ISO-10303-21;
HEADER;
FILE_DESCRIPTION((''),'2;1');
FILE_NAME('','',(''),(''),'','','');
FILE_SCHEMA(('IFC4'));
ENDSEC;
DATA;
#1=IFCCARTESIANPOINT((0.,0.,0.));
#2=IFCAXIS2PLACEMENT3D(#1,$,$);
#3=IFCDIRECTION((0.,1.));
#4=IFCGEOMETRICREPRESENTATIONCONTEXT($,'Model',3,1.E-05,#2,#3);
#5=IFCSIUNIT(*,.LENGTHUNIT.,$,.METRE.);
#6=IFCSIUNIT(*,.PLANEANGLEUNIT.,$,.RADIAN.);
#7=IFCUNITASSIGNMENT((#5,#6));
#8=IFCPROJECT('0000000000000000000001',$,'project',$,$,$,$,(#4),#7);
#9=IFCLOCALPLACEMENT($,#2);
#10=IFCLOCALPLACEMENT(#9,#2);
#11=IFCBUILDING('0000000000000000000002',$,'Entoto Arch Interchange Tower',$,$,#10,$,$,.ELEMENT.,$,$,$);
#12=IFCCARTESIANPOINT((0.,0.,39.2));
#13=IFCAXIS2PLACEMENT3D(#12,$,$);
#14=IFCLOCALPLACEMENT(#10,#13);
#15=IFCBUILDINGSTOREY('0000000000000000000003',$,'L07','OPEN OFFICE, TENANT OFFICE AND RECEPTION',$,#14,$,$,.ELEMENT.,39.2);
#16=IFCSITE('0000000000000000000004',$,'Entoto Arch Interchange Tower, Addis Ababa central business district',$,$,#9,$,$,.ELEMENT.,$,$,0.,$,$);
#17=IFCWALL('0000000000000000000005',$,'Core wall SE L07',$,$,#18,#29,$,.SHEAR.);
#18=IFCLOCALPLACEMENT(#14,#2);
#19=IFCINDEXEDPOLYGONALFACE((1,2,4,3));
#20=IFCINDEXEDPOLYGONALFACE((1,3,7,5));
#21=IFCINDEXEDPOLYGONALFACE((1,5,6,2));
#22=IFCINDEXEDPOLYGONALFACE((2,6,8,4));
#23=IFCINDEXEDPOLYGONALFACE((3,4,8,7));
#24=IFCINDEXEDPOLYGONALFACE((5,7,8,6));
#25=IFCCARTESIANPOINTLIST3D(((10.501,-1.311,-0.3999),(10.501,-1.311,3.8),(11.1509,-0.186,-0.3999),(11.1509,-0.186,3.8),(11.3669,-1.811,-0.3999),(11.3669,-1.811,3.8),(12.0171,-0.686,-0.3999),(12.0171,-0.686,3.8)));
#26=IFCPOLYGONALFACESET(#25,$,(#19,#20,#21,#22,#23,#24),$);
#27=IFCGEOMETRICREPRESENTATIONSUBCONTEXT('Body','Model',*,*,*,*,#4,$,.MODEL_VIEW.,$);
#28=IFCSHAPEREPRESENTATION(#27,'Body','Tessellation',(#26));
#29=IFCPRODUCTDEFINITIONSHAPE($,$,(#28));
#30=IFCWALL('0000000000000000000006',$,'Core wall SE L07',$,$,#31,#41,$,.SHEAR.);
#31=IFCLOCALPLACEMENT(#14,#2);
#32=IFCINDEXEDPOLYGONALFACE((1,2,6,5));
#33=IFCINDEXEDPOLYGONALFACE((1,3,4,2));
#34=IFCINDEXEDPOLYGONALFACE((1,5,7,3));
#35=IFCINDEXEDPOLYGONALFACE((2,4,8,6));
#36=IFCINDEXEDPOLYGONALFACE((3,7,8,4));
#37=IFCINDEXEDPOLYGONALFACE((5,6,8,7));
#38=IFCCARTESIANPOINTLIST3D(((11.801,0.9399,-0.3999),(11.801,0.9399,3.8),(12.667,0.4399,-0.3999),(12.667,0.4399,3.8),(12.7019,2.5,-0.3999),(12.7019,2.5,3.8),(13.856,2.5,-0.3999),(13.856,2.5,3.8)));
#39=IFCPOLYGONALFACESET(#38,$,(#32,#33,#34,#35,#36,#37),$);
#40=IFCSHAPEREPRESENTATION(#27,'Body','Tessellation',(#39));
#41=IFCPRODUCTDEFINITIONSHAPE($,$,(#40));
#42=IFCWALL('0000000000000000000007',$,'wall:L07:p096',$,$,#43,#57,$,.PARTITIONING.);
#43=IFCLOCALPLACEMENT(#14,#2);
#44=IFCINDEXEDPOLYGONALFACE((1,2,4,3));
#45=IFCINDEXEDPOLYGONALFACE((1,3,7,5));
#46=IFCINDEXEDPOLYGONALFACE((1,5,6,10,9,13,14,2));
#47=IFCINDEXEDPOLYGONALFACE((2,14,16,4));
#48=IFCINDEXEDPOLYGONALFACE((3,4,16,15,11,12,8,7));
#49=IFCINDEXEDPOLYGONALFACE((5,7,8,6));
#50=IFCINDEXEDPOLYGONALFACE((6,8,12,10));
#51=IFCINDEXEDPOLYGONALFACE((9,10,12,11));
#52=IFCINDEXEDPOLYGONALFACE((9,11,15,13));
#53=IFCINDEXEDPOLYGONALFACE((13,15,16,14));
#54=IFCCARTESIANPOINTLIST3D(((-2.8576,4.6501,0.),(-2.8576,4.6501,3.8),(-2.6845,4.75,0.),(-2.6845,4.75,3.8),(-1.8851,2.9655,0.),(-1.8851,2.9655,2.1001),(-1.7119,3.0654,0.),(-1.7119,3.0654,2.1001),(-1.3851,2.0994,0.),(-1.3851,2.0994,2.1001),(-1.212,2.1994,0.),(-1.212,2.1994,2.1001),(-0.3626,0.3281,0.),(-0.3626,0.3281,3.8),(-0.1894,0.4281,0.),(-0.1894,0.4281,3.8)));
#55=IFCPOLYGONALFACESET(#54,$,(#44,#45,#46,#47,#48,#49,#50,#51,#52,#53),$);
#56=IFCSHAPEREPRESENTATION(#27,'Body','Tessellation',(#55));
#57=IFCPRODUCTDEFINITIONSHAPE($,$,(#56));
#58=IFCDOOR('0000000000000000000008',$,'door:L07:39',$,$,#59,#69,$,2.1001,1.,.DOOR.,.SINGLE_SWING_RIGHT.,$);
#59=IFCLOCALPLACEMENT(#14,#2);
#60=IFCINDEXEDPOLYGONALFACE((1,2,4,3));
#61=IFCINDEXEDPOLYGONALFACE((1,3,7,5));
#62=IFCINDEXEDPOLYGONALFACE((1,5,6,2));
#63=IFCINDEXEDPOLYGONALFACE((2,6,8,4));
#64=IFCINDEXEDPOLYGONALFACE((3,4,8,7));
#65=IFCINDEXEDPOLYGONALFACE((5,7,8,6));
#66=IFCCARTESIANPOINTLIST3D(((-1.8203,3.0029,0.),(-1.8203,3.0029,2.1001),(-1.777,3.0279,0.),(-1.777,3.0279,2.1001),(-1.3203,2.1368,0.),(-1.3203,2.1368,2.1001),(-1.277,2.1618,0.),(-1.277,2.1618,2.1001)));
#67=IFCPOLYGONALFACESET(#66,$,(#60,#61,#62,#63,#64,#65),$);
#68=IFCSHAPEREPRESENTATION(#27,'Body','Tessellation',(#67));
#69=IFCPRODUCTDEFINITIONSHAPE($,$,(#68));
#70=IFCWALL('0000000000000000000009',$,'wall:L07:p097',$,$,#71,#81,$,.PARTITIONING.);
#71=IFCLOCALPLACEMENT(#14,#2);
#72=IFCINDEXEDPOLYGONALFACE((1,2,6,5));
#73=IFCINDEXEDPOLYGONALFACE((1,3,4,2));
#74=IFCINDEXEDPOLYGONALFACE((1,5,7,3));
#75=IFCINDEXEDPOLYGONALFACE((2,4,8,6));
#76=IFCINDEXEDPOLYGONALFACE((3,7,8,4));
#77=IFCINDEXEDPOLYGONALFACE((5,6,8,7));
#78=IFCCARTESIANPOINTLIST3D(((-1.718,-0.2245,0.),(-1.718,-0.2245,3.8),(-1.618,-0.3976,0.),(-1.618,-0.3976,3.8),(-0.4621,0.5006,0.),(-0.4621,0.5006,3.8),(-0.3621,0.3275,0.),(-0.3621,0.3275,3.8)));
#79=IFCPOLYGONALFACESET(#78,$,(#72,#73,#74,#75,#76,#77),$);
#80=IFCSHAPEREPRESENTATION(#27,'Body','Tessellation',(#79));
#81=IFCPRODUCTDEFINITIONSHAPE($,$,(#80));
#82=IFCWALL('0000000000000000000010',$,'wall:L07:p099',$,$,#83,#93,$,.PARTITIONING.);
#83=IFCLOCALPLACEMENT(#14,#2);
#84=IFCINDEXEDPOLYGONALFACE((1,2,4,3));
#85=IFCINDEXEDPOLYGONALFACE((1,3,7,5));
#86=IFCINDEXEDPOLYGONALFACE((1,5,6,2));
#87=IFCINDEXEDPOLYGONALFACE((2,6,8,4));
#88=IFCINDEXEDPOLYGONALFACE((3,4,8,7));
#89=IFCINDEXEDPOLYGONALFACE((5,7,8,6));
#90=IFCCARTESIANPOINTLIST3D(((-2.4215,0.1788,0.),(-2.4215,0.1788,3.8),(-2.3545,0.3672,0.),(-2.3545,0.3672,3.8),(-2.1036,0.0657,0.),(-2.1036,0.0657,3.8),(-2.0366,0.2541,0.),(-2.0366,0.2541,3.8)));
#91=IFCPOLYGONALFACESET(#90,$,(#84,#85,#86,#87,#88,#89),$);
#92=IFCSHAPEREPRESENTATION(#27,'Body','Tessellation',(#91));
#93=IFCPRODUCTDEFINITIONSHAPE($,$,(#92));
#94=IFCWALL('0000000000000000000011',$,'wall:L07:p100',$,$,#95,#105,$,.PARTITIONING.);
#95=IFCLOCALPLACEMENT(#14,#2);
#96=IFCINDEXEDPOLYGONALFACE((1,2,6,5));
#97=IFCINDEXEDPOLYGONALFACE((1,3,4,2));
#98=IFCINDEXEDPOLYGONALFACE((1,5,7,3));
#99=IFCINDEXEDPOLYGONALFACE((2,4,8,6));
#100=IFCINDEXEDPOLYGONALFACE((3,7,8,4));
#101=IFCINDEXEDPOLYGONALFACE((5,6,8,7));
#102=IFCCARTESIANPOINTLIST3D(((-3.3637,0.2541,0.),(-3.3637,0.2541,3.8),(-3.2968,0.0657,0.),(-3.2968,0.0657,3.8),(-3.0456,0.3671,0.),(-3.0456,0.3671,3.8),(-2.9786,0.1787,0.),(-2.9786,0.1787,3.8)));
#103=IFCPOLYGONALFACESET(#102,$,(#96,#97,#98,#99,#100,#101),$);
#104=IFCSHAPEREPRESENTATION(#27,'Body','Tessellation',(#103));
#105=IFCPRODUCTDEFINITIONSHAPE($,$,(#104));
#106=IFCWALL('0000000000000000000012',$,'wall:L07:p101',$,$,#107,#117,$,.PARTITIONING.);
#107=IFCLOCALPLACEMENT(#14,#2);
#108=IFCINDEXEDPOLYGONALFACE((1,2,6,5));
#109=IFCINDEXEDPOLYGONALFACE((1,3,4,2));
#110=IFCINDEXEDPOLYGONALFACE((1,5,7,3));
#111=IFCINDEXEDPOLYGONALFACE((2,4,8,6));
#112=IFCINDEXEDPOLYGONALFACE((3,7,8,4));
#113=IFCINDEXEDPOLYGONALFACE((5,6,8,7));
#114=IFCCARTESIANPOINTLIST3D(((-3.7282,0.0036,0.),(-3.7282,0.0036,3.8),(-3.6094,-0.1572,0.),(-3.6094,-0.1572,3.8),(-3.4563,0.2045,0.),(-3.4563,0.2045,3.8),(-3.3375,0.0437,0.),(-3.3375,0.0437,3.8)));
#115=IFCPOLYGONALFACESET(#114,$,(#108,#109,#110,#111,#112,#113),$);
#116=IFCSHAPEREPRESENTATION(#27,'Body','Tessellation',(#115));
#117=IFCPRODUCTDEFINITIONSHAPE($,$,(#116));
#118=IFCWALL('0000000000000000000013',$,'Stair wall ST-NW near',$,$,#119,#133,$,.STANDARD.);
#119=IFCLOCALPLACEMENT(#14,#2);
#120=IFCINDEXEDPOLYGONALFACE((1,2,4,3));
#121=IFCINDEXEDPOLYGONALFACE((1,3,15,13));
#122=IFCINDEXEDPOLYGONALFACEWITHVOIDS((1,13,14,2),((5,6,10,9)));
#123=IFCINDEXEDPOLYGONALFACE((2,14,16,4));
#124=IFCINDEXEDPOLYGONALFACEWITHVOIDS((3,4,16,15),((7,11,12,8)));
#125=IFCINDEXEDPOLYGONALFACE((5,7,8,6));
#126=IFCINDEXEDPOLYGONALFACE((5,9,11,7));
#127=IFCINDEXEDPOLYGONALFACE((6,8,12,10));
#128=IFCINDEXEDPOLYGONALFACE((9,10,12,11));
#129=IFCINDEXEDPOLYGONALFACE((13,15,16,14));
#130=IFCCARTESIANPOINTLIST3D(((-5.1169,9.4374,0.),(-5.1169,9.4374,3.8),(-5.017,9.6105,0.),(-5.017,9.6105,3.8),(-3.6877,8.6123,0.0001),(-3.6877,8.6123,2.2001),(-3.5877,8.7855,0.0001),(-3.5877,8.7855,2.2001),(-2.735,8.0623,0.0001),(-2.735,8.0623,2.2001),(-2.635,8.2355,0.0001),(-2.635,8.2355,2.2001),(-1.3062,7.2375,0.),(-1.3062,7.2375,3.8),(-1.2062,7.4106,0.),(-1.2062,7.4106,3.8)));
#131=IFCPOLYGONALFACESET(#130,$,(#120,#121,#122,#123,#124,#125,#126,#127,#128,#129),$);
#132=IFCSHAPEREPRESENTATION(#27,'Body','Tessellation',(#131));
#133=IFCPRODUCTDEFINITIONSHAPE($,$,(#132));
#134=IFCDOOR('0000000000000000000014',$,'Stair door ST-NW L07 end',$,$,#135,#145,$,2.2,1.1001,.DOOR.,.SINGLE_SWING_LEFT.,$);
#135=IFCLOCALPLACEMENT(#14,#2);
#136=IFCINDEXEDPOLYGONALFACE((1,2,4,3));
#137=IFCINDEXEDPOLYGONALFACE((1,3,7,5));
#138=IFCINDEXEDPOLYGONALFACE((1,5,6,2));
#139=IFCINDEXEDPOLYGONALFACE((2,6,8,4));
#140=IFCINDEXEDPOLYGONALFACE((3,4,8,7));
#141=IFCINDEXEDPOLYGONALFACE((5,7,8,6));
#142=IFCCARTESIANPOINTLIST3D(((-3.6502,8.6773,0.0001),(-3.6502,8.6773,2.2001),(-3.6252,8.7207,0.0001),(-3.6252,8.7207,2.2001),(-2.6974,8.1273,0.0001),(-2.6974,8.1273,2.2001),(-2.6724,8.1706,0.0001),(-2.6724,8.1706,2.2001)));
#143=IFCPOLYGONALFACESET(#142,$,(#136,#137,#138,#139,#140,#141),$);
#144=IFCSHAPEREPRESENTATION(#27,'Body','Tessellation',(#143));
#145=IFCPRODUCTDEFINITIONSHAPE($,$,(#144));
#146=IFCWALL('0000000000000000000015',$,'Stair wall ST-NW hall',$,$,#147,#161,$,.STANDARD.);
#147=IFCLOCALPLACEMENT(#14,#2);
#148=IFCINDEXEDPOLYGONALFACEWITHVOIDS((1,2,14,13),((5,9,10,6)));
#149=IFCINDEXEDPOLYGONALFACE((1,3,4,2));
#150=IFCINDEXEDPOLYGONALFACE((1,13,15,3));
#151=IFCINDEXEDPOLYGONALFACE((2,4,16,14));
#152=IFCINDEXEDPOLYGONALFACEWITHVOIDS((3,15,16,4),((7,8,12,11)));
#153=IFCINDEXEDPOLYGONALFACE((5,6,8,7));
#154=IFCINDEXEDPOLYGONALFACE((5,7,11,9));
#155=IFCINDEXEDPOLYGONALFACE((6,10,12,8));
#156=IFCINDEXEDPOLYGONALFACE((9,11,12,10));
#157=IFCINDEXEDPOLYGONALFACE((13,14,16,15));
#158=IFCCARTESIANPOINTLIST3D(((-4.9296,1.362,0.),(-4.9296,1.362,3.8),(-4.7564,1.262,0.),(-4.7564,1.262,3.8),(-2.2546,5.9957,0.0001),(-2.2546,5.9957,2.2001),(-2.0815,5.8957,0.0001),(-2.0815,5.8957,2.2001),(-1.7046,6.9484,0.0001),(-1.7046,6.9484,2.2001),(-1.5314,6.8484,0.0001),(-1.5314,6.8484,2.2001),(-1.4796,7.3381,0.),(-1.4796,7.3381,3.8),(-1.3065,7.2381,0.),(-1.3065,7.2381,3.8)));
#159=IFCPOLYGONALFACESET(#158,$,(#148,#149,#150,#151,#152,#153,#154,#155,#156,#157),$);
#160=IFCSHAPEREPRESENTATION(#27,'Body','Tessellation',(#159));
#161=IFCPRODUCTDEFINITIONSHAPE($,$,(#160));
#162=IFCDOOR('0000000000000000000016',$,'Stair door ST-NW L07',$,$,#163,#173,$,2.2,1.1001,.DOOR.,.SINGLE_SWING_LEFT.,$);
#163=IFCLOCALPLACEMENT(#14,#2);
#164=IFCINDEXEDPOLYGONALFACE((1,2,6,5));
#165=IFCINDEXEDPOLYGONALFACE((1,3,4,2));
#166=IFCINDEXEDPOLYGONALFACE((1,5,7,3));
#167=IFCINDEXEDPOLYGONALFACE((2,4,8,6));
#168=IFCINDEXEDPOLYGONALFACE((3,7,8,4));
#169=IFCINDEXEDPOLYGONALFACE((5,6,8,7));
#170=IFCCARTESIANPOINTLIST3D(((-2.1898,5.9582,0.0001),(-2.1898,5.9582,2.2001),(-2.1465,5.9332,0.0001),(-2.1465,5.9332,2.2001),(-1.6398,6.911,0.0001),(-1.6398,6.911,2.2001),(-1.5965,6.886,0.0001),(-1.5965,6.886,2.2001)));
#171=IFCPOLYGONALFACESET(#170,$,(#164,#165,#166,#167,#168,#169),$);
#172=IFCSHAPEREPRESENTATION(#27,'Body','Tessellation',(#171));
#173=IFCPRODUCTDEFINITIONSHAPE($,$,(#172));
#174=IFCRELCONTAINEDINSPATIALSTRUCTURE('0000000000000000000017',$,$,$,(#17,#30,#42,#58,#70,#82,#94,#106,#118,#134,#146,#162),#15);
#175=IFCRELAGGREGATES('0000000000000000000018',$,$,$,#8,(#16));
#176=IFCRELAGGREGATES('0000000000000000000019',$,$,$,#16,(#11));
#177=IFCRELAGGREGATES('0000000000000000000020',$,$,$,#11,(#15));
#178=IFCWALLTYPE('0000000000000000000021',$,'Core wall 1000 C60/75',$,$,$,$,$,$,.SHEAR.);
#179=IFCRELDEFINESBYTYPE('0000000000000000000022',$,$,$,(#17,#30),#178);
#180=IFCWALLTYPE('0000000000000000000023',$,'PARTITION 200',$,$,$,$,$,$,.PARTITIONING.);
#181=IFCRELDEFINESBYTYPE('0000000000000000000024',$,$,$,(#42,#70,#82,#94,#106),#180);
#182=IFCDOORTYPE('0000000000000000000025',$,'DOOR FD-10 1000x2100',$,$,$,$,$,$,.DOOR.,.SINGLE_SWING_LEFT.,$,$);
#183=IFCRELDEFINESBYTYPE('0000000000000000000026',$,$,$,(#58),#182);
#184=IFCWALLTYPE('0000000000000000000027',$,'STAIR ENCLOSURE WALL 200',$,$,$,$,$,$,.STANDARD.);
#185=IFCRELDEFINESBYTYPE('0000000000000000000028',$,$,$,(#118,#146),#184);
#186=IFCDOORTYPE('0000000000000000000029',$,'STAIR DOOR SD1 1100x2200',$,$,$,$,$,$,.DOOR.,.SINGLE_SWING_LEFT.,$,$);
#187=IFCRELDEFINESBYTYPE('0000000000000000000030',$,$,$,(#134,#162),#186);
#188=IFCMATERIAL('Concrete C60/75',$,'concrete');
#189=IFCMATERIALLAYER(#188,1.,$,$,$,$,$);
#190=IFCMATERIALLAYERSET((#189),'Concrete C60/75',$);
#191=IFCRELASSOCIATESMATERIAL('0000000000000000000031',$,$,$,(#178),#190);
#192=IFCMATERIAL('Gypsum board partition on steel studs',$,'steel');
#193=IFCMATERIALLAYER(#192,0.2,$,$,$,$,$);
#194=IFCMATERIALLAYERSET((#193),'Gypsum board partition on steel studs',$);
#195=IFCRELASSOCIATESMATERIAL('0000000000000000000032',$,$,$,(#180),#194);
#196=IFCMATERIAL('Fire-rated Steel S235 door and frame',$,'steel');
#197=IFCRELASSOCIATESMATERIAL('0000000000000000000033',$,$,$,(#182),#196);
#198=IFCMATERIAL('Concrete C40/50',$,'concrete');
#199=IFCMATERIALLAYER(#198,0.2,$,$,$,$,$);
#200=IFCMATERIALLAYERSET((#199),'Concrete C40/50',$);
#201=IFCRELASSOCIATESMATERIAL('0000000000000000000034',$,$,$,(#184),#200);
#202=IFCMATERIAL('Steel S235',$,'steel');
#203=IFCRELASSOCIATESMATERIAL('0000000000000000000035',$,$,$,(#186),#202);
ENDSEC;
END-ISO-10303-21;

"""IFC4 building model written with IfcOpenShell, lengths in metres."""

from ifc_helpers import new_model, si_unit, direction, frame, frame_2d, origin, place, context, subcontext, project, spatial, polyline, rectangle, outline, extrude, material, layer, layer_set, type_object, element, fill, save


model = new_model("IFC4")

# Units and contexts
model_context = context("Model", 3, precision=1e-05, world=origin(), true_north=direction((0.0, 1.0)))
body_context = subcontext(model_context, "Body", "Model", "MODEL_VIEW")
ifc_project = project(units=[si_unit("LENGTHUNIT", "METRE"), si_unit("PLANEANGLEUNIT", "RADIAN")], contexts=[model_context])

# Site, building, storey
site_placement = place(None, origin())
site = spatial("IfcSite", under=ifc_project, at=site_placement, Name="Entoto Arch Interchange Tower, Addis Ababa central business district", CompositionType="ELEMENT", RefElevation=0.0)
building_placement = place(site_placement, origin())
building = spatial("IfcBuilding", under=site, at=building_placement, Name="Entoto Arch Interchange Tower", CompositionType="ELEMENT")
storey_placement = place(building_placement, frame((0.0, 0.0, 39.2)))
storey = spatial("IfcBuildingStorey", under=building, at=storey_placement, Name="L07", Description="OPEN OFFICE, TENANT OFFICE AND RECEPTION", CompositionType="ELEMENT", Elevation=39.2)

# Walls
ifc_material_1 = material(Name="Concrete C60/75", Category="concrete")
ifc_layer_1 = layer(ifc_material_1, 1.0)
ifc_layer_set_1 = layer_set([ifc_layer_1], Name="Concrete C60/75")
wall_type_1 = type_object("IfcWallType", Name="Core wall 1000 C60/75", PredefinedType="SHEAR", material=ifc_layer_set_1)
wall_1_placement = place(storey_placement, frame((0.0, 0.0, -0.3999)))
element("IfcWall", 1, at=wall_1_placement, inside=storey, type_object=wall_type_1, Name="Core wall SE L07", PredefinedType="SHEAR", context=body_context, shape_type="SweptSolid", body=[
    extrude(outline(polyline([(12.0171, -0.686), (11.1509, -0.186), (10.501, -1.311), (11.3669, -1.811), (12.0171, -0.686)])), origin(), (0.0, 0.0, 1.0), 4.2),
])
wall_2_placement = place(storey_placement, frame((0.0, 0.0, -0.3999)))
element("IfcWall", 2, at=wall_2_placement, inside=storey, type_object=wall_type_1, Name="Core wall SE L07", PredefinedType="SHEAR", context=body_context, shape_type="SweptSolid", body=[
    extrude(outline(polyline([(11.801, 0.9399), (12.667, 0.4399), (13.856, 2.5), (12.7019, 2.5), (11.801, 0.9399)])), origin(), (0.0, 0.0, 1.0), 4.2),
])

# Wall, opening, door
ifc_material_2 = material(Name="Gypsum board partition on steel studs", Category="steel")
ifc_layer_2 = layer(ifc_material_2, 0.2)
ifc_layer_set_2 = layer_set([ifc_layer_2], Name="Gypsum board partition on steel studs")
wall_type_2 = type_object("IfcWallType", Name="PARTITION 200", PredefinedType="PARTITIONING", material=ifc_layer_set_2)
wall_3_placement = place(storey_placement, frame((-2.771, 4.7, 0.0), z_axis=(0.0, 0.0, 1.0), x_axis=(0.499969, -0.866043, 0.0)))
wall_3 = element("IfcWall", 3, at=wall_3_placement, inside=storey, type_object=wall_type_2, Name="wall:L07:p096", PredefinedType="PARTITIONING", context=body_context, shape_type="SweptSolid", body=[
    extrude(rectangle(XDim=4.9905, YDim=0.2, at=frame_2d((2.4951, 0.0))), origin(), (0.0, 0.0, 1.0), 3.8),
])
opening_1_placement = place(wall_3_placement, frame((1.9451, 0.0, 0.0)))
opening_1 = element("IfcOpeningElement", 4, at=opening_1_placement, cuts=wall_3, PredefinedType="OPENING", context=body_context, shape_type="SweptSolid", body=[
    extrude(rectangle(XDim=1.0, YDim=2.1001, at=frame_2d((0.5, 1.05))), frame((0.0, 0.1099, 0.0), z_axis=(0.0, -1.0, 0.0), x_axis=(1.0, 0.0, 0.0)), (0.0, 0.0, 1.0), 0.22),
])
ifc_material_3 = material(Name="Fire-rated Steel S235 door and frame", Category="steel")
door_type_1 = type_object("IfcDoorType", Name="DOOR FD-10 1000x2100", OperationType="SINGLE_SWING_LEFT", PredefinedType="DOOR", material=ifc_material_3)
door_1_placement = place(opening_1_placement, origin())
door_1 = element("IfcDoor", 5, at=door_1_placement, inside=storey, type_object=door_type_1, Name="door:L07:39", OperationType="SINGLE_SWING_RIGHT", OverallHeight=2.1001, OverallWidth=1.0, PredefinedType="DOOR", context=body_context, shape_type="SweptSolid", body=[
    extrude(rectangle(XDim=1.0, YDim=2.1001, at=frame_2d((0.5, 1.05))), frame((0.0, 0.0249, 0.0), z_axis=(0.0, -1.0, 0.0), x_axis=(1.0, 0.0, 0.0)), (0.0, 0.0, 1.0), 0.05),
])
fill(opening_1, door_1)

# Walls
wall_4_placement = place(storey_placement, frame((-0.4121, 0.4141, 0.0), z_axis=(0.0, 0.0, 1.0), x_axis=(-0.866017, -0.500014, 0.0)))
element("IfcWall", 6, at=wall_4_placement, inside=storey, type_object=wall_type_2, Name="wall:L07:p097", PredefinedType="PARTITIONING", context=body_context, shape_type="SweptSolid", body=[
    extrude(rectangle(XDim=1.4502, YDim=0.2, at=frame_2d((0.7251, 0.0))), origin(), (0.0, 0.0, 1.0), 3.8),
])
wall_5_placement = place(storey_placement, frame((-2.0701, 0.1599, 0.0), z_axis=(0.0, 0.0, 1.0), x_axis=(-0.942199, 0.335052, 0.0)))
element("IfcWall", 7, at=wall_5_placement, inside=storey, type_object=wall_type_2, Name="wall:L07:p099", PredefinedType="PARTITIONING", context=body_context, shape_type="SweptSolid", body=[
    extrude(rectangle(XDim=0.3374, YDim=0.2, at=frame_2d((0.1687, 0.0))), origin(), (0.0, 0.0, 1.0), 3.8),
])
wall_6_placement = place(storey_placement, frame((-3.012, 0.2729, 0.0), z_axis=(0.0, 0.0, 1.0), x_axis=(-0.942281, -0.334824, 0.0)))
element("IfcWall", 8, at=wall_6_placement, inside=storey, type_object=wall_type_2, Name="wall:L07:p100", PredefinedType="PARTITIONING", context=body_context, shape_type="SweptSolid", body=[
    extrude(rectangle(XDim=0.3376, YDim=0.2, at=frame_2d((0.1689, 0.0))), origin(), (0.0, 0.0, 1.0), 3.8),
])
wall_7_placement = place(storey_placement, frame((-3.397, 0.124, 0.0), z_axis=(0.0, 0.0, 1.0), x_axis=(-0.804311, -0.594208, 0.0)))
element("IfcWall", 9, at=wall_7_placement, inside=storey, type_object=wall_type_2, Name="wall:L07:p101", PredefinedType="PARTITIONING", context=body_context, shape_type="SweptSolid", body=[
    extrude(rectangle(XDim=0.3381, YDim=0.2, at=frame_2d((0.1689, 0.0))), origin(), (0.0, 0.0, 1.0), 3.8),
])

# Walls, openings, doors
ifc_material_4 = material(Name="Concrete C40/50", Category="concrete")
ifc_layer_3 = layer(ifc_material_4, 0.2)
ifc_layer_set_3 = layer_set([ifc_layer_3], Name="Concrete C40/50")
wall_type_3 = type_object("IfcWallType", Name="STAIR ENCLOSURE WALL 200", PredefinedType="STANDARD", material=ifc_layer_set_3)
wall_8_placement = place(storey_placement, frame((-1.2561, 7.324, 0.0), z_axis=(0.0, 0.0, 1.0), x_axis=(-0.866046, 0.499964, 0.0)))
wall_8 = element("IfcWall", 10, at=wall_8_placement, inside=storey, type_object=wall_type_3, Name="Stair wall ST-NW near", PredefinedType="STANDARD", context=body_context, shape_type="SweptSolid", body=[
    extrude(rectangle(XDim=4.4001, YDim=0.2, at=frame_2d((2.2002, 0.0))), origin(), (0.0, 0.0, 1.0), 3.8),
])
opening_2_placement = place(wall_8_placement, frame((1.6499, 0.0, 0.0)))
opening_2 = element("IfcOpeningElement", 11, at=opening_2_placement, cuts=wall_8, PredefinedType="OPENING", context=body_context, shape_type="SweptSolid", body=[
    extrude(rectangle(XDim=1.1001, YDim=2.2, at=frame_2d((0.55, 1.1001))), frame((0.0, 0.1099, 0.0), z_axis=(0.0, -1.0, 0.0), x_axis=(1.0, 0.0, 0.0)), (0.0, 0.0, 1.0), 0.22),
])
ifc_material_5 = material(Name="Steel S235", Category="steel")
door_type_2 = type_object("IfcDoorType", Name="STAIR DOOR SD1 1100x2200", OperationType="SINGLE_SWING_LEFT", PredefinedType="DOOR", material=ifc_material_5)
door_2_placement = place(opening_2_placement, origin())
door_2 = element("IfcDoor", 12, at=door_2_placement, inside=storey, type_object=door_type_2, Name="Stair door ST-NW L07 end", OperationType="SINGLE_SWING_LEFT", OverallHeight=2.2, OverallWidth=1.1001, PredefinedType="DOOR", context=body_context, shape_type="SweptSolid", body=[
    extrude(rectangle(XDim=1.1001, YDim=2.2, at=frame_2d((0.55, 1.1001))), frame((0.0, 0.0249, 0.0), z_axis=(0.0, -1.0, 0.0), x_axis=(1.0, 0.0, 0.0)), (0.0, 0.0, 1.0), 0.05),
])
fill(opening_2, door_2)
wall_9_placement = place(storey_placement, frame((-1.3931, 7.2881, 0.0), z_axis=(0.0, 0.0, 1.0), x_axis=(-0.499963, -0.866047, 0.0)))
wall_9 = element("IfcWall", 13, at=wall_9_placement, inside=storey, type_object=wall_type_3, Name="Stair wall ST-NW hall", PredefinedType="STANDARD", context=body_context, shape_type="SweptSolid", body=[
    extrude(rectangle(XDim=6.9004, YDim=0.2, at=frame_2d((3.4502, 0.0))), origin(), (0.0, 0.0, 1.0), 3.8),
])
opening_3_placement = place(wall_9_placement, frame((0.45, 0.0, 0.0)))
opening_3 = element("IfcOpeningElement", 14, at=opening_3_placement, cuts=wall_9, PredefinedType="OPENING", context=body_context, shape_type="SweptSolid", body=[
    extrude(rectangle(XDim=1.1001, YDim=2.2, at=frame_2d((0.55, 1.1001))), frame((0.0, 0.1099, 0.0), z_axis=(0.0, -1.0, 0.0), x_axis=(1.0, 0.0, 0.0)), (0.0, 0.0, 1.0), 0.22),
])
door_3_placement = place(opening_3_placement, origin())
door_3 = element("IfcDoor", 15, at=door_3_placement, inside=storey, type_object=door_type_2, Name="Stair door ST-NW L07", OperationType="SINGLE_SWING_LEFT", OverallHeight=2.2, OverallWidth=1.1001, PredefinedType="DOOR", context=body_context, shape_type="SweptSolid", body=[
    extrude(rectangle(XDim=1.1001, YDim=2.2, at=frame_2d((0.55, 1.1001))), frame((0.0, 0.0249, 0.0), z_axis=(0.0, -1.0, 0.0), x_axis=(1.0, 0.0, 0.0)), (0.0, 0.0, 1.0), 0.05),
])
fill(opening_3, door_3)

save(model, "model.ifc")
